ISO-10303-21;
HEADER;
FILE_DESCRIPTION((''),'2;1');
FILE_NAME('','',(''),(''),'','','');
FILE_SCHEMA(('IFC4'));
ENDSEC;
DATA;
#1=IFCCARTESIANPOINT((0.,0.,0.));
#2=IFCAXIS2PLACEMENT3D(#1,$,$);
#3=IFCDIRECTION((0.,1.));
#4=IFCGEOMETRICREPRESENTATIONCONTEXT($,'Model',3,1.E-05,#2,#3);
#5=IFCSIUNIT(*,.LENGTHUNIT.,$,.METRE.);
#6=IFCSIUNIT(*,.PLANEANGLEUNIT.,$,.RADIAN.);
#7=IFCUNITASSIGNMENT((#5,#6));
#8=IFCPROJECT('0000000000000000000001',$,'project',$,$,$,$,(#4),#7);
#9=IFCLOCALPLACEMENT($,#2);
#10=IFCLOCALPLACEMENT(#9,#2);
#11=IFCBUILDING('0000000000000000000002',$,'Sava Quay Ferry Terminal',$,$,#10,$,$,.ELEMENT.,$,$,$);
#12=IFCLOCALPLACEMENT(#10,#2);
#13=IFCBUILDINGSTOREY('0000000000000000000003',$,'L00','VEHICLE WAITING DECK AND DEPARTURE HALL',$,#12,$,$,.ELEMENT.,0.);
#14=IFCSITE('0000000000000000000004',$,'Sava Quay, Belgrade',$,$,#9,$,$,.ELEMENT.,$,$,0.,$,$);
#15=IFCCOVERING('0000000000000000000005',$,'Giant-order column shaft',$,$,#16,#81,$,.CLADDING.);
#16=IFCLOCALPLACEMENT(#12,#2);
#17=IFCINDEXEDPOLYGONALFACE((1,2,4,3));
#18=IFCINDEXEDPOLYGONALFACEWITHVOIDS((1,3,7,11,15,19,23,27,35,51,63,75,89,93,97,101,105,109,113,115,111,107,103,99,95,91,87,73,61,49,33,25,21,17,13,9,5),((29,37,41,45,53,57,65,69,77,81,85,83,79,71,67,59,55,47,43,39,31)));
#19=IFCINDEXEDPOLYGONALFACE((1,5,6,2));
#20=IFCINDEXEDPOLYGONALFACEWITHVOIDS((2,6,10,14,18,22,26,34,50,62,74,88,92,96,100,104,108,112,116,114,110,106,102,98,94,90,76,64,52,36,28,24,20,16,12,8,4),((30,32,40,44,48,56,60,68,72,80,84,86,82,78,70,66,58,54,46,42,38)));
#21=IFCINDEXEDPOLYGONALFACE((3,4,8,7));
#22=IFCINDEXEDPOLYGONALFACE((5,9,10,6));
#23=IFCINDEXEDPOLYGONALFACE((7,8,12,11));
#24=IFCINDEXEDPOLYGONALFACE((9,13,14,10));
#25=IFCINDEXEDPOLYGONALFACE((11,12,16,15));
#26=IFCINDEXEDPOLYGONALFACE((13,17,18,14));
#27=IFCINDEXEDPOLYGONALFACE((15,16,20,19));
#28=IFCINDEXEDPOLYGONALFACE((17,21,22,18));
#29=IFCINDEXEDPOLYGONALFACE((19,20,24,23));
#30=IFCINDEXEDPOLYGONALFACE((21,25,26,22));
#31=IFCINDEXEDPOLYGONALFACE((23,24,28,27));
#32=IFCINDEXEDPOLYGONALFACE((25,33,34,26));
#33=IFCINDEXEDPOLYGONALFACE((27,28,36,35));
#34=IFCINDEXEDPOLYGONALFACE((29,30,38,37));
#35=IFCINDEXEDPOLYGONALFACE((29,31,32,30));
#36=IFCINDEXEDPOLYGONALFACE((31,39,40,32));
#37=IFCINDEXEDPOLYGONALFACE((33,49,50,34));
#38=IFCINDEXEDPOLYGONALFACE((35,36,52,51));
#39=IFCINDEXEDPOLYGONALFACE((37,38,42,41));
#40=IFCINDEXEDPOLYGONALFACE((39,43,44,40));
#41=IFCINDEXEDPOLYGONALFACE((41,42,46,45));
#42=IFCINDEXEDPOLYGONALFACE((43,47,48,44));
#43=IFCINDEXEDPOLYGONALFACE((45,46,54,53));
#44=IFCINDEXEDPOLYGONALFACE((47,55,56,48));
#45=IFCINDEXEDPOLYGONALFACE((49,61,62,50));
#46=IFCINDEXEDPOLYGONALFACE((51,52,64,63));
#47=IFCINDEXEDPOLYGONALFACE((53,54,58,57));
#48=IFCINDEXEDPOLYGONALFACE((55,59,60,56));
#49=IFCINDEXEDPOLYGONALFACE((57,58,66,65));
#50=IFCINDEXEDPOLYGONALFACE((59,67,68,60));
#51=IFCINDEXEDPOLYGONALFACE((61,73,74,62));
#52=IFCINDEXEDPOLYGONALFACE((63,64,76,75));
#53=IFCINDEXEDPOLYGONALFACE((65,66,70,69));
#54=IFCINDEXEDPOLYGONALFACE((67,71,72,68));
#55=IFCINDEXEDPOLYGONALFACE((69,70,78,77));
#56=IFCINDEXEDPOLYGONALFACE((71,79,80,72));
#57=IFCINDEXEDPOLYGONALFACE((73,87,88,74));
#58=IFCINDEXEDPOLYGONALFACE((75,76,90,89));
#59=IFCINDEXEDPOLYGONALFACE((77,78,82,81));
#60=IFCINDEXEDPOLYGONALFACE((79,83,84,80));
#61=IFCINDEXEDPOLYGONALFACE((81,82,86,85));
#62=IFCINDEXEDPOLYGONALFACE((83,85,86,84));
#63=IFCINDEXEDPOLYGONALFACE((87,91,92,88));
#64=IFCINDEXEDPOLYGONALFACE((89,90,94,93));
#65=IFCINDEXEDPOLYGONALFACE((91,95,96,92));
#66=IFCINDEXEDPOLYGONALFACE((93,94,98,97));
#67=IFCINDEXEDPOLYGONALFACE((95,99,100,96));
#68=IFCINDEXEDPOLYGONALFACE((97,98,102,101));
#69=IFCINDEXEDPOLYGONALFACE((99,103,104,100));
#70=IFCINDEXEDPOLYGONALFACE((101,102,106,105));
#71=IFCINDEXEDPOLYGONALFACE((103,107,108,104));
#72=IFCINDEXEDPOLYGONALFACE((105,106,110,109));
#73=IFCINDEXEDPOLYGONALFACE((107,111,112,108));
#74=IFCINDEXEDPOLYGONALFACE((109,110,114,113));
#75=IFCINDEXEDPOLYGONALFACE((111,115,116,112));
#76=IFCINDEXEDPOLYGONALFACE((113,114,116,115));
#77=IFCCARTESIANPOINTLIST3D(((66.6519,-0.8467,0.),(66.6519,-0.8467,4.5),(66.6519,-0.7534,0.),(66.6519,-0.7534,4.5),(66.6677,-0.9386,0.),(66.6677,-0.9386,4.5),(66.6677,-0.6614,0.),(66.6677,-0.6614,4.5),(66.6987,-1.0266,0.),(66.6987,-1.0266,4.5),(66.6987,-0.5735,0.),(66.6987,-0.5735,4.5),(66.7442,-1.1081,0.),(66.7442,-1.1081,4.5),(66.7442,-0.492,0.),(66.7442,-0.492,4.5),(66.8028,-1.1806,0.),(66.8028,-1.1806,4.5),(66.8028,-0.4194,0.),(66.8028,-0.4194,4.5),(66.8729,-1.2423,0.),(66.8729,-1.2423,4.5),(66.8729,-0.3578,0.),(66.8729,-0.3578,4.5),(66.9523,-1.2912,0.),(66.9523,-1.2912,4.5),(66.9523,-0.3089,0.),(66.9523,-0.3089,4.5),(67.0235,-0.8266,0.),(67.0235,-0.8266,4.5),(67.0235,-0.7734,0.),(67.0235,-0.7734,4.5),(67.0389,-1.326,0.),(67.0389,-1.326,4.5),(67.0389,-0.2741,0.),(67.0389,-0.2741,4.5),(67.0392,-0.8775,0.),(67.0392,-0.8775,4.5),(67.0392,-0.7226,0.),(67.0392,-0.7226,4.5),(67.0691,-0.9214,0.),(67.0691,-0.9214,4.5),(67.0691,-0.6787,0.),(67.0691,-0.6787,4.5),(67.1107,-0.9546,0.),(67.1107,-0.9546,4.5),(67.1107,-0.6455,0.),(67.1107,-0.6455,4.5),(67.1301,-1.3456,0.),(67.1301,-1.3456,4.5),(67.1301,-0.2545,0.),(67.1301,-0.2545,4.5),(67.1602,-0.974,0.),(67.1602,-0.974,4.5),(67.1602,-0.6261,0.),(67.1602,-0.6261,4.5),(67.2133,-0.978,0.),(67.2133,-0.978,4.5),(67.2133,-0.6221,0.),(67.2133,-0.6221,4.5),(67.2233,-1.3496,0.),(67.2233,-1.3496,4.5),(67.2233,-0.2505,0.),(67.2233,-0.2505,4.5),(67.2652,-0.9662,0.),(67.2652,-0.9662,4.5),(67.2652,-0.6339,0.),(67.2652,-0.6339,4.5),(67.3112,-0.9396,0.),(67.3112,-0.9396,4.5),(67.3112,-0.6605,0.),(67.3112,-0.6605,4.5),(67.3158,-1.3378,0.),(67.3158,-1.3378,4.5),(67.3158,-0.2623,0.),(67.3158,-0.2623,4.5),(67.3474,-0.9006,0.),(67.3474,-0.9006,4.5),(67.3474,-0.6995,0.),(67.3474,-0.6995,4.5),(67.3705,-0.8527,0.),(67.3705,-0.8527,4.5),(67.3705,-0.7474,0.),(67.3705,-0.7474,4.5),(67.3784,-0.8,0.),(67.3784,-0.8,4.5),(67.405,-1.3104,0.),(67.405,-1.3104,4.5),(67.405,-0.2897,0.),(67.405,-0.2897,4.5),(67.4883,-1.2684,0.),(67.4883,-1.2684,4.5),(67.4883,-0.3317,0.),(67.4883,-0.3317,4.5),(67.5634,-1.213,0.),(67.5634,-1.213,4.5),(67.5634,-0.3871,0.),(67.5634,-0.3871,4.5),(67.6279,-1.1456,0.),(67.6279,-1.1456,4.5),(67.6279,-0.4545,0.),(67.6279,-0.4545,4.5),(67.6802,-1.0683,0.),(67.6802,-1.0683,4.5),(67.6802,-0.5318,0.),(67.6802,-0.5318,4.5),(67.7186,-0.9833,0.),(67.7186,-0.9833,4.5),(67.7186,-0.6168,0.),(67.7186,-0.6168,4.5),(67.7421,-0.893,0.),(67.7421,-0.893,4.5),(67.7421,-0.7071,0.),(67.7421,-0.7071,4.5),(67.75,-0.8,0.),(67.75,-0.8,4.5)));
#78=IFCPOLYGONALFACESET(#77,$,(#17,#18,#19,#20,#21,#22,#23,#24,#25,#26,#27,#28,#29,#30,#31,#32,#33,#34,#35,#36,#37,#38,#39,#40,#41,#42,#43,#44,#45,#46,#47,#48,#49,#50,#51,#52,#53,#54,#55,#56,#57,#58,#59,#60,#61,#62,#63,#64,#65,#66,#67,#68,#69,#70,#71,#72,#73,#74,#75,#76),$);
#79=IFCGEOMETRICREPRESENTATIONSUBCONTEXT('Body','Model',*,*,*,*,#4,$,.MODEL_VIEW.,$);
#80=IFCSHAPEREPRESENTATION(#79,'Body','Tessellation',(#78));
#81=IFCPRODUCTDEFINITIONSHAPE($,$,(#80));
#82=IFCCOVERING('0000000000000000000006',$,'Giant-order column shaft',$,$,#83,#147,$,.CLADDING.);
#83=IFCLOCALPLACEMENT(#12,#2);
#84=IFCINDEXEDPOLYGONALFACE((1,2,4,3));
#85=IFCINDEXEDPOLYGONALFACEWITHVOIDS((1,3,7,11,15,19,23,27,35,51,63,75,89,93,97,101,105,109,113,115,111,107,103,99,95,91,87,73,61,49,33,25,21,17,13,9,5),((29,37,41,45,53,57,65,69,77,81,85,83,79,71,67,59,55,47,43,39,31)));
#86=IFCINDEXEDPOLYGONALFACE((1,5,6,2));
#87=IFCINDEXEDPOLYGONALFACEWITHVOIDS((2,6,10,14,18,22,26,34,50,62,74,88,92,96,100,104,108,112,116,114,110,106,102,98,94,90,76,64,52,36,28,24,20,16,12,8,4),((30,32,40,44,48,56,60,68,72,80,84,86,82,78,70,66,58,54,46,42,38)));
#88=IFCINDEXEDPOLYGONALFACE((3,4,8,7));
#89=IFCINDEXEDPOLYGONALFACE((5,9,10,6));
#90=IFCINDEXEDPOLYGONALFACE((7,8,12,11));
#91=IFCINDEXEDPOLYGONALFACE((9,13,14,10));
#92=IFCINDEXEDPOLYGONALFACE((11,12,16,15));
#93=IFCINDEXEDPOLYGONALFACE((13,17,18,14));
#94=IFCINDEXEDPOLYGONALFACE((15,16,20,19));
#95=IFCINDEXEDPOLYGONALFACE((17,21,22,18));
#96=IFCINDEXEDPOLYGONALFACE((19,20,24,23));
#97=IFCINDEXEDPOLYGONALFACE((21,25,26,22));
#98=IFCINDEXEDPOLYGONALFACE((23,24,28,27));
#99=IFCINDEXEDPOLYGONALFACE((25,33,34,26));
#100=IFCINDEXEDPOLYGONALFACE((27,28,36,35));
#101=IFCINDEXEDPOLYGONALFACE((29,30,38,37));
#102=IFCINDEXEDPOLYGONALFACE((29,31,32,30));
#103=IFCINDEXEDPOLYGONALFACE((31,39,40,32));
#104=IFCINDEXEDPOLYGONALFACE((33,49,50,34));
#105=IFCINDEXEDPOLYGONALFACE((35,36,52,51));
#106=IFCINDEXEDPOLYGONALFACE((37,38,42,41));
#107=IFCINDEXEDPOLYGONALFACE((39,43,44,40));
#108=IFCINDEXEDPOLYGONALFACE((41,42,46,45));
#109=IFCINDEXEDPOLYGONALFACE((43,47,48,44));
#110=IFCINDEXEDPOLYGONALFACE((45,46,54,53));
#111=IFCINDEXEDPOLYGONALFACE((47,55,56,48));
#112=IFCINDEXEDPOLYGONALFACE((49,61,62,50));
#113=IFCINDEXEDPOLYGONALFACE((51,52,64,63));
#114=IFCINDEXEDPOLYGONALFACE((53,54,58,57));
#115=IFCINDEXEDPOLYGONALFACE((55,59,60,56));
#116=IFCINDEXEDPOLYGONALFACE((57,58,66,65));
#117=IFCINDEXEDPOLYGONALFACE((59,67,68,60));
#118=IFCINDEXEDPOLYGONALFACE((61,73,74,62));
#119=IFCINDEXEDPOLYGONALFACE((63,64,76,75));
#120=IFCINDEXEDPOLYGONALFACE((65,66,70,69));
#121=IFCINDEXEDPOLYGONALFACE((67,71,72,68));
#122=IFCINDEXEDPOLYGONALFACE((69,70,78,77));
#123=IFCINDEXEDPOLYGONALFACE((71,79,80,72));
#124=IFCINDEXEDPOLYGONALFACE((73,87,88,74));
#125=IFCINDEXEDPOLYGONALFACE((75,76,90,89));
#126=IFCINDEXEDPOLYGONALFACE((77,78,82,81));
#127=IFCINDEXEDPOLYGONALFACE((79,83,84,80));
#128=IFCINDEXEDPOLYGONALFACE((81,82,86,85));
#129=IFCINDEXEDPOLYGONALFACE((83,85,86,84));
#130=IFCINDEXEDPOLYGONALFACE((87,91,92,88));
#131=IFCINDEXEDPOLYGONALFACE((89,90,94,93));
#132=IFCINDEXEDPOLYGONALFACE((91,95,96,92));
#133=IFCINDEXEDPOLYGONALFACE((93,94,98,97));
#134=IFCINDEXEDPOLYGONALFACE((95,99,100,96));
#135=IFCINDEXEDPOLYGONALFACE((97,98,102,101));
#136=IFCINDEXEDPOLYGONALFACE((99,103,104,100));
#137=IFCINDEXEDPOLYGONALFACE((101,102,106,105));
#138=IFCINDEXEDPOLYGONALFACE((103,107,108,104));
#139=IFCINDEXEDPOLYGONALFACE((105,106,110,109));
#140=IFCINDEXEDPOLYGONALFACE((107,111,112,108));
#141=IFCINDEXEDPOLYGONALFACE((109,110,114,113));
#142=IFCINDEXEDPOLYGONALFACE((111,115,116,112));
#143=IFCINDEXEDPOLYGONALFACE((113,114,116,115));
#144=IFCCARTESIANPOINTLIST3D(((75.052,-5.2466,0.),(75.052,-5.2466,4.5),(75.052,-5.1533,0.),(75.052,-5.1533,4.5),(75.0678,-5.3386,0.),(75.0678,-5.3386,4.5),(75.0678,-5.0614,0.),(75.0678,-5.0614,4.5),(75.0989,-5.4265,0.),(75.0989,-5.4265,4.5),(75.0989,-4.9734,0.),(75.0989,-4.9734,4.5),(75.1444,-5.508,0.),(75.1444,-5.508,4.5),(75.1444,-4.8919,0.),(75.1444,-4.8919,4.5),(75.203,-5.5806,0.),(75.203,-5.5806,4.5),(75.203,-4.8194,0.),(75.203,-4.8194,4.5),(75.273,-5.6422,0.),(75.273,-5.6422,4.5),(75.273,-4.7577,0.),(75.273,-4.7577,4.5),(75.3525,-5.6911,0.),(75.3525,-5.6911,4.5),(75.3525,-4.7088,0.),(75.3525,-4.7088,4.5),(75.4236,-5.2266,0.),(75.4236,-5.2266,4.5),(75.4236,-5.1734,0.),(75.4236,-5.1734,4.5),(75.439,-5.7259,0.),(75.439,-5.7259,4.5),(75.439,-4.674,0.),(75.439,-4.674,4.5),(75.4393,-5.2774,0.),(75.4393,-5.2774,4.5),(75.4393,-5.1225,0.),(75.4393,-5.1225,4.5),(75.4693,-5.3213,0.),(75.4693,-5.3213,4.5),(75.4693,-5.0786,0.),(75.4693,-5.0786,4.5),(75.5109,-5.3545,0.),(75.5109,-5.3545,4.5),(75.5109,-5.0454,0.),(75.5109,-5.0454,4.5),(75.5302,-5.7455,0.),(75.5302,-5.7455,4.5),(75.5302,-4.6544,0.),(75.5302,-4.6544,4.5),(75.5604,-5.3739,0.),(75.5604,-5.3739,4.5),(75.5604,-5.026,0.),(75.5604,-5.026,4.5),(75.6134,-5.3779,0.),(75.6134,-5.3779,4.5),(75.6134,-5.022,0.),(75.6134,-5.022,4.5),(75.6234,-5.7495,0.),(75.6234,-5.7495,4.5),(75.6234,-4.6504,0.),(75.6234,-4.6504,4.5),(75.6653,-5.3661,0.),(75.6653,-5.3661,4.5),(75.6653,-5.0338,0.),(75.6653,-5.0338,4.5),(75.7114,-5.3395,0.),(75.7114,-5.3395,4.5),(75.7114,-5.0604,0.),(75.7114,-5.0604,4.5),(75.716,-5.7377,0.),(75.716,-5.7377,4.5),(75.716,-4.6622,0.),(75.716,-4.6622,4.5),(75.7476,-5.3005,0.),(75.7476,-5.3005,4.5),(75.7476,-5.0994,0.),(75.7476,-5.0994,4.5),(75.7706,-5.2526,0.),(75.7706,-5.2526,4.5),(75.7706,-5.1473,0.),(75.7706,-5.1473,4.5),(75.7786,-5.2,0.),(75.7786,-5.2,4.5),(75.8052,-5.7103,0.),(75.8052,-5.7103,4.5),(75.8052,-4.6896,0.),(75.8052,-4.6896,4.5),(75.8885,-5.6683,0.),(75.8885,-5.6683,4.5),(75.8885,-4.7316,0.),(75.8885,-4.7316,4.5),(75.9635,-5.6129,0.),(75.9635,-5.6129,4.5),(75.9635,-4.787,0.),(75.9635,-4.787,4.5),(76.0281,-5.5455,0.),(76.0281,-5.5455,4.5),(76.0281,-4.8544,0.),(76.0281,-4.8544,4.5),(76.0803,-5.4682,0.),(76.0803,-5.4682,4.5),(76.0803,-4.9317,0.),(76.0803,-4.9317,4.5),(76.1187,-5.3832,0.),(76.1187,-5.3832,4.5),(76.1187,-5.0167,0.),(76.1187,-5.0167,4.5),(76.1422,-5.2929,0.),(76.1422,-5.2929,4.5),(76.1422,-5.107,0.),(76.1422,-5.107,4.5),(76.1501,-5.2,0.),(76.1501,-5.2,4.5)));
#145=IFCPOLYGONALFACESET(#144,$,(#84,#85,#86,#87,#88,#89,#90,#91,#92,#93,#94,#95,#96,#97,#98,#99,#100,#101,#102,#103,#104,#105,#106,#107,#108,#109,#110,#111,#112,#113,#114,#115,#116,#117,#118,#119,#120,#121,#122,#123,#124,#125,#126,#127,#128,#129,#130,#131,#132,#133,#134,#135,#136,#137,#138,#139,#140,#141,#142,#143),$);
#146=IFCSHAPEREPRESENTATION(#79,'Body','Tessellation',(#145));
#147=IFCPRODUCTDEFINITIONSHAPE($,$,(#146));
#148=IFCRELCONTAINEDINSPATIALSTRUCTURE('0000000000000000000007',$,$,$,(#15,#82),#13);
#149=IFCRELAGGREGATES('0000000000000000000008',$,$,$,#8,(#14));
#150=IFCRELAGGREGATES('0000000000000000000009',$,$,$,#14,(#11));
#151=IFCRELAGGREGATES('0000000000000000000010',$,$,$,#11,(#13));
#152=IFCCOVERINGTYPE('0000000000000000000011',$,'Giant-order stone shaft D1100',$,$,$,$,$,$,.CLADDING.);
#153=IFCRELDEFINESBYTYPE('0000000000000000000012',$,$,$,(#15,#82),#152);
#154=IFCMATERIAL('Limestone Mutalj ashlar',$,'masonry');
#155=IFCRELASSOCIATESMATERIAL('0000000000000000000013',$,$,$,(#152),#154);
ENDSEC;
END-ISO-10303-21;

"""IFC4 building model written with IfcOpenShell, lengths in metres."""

from ifc_helpers import new_model, si_unit, direction, frame, origin, origin_2d, place, context, subcontext, project, spatial, hollow_circle, extrude, material, material_profile, profile_set, type_object, element, save


model = new_model("IFC4")

# Units and contexts
model_context = context("Model", 3, precision=1e-05, world=origin(), true_north=direction((0.0, 1.0)))
body_context = subcontext(model_context, "Body", "Model", "MODEL_VIEW")
ifc_project = project(units=[si_unit("LENGTHUNIT", "METRE"), si_unit("PLANEANGLEUNIT", "RADIAN")], contexts=[model_context])

# Site, building, storey
site_placement = place(None, origin())
site = spatial("IfcSite", under=ifc_project, at=site_placement, Name="Sava Quay, Belgrade", CompositionType="ELEMENT", RefElevation=0.0)
building_placement = place(site_placement, origin())
building = spatial("IfcBuilding", under=site, at=building_placement, Name="Sava Quay Ferry Terminal", CompositionType="ELEMENT")
storey_placement = place(building_placement, origin())
storey = spatial("IfcBuildingStorey", under=building, at=storey_placement, Name="L00", Description="VEHICLE WAITING DECK AND DEPARTURE HALL", CompositionType="ELEMENT", Elevation=0.0)

# Coverings
ifc_material_1 = material(Name="Limestone Mutalj ashlar", Category="masonry")
ifc_material_profile_1 = material_profile(ifc_material_1, hollow_circle(Radius=0.55, WallThickness=0.3716, at=origin_2d()), Name="Stone shaft D1100")
ifc_profile_set_1 = profile_set([ifc_material_profile_1], Name="Limestone Mutalj ashlar")
covering_type_1 = type_object("IfcCoveringType", Name="Giant-order stone shaft D1100", PredefinedType="CLADDING", material=ifc_profile_set_1)
for number, where, z_axis, x_axis, name in (
    (1, (67.2, -0.8, 0.0), (0.0, 0.0, 1.0), (1.0, 0.0, 0.0), "Giant-order column shaft"),
    (2, (75.6001, -5.2, 0.0), (0.0, 0.0, 1.0), (1.0, 0.0, 0.0), "Giant-order column shaft"),
):
    element("IfcCovering", number, at=place(storey_placement, frame(where, z_axis=z_axis, x_axis=x_axis)), inside=storey, type_object=covering_type_1, Name=name, PredefinedType="CLADDING", context=body_context, shape_type="SweptSolid", body=[
        extrude(hollow_circle(Radius=0.55, WallThickness=0.3716, at=origin_2d()), origin(), (0.0, 0.0, 1.0), 4.5),
    ])

save(model, "model.ifc")
